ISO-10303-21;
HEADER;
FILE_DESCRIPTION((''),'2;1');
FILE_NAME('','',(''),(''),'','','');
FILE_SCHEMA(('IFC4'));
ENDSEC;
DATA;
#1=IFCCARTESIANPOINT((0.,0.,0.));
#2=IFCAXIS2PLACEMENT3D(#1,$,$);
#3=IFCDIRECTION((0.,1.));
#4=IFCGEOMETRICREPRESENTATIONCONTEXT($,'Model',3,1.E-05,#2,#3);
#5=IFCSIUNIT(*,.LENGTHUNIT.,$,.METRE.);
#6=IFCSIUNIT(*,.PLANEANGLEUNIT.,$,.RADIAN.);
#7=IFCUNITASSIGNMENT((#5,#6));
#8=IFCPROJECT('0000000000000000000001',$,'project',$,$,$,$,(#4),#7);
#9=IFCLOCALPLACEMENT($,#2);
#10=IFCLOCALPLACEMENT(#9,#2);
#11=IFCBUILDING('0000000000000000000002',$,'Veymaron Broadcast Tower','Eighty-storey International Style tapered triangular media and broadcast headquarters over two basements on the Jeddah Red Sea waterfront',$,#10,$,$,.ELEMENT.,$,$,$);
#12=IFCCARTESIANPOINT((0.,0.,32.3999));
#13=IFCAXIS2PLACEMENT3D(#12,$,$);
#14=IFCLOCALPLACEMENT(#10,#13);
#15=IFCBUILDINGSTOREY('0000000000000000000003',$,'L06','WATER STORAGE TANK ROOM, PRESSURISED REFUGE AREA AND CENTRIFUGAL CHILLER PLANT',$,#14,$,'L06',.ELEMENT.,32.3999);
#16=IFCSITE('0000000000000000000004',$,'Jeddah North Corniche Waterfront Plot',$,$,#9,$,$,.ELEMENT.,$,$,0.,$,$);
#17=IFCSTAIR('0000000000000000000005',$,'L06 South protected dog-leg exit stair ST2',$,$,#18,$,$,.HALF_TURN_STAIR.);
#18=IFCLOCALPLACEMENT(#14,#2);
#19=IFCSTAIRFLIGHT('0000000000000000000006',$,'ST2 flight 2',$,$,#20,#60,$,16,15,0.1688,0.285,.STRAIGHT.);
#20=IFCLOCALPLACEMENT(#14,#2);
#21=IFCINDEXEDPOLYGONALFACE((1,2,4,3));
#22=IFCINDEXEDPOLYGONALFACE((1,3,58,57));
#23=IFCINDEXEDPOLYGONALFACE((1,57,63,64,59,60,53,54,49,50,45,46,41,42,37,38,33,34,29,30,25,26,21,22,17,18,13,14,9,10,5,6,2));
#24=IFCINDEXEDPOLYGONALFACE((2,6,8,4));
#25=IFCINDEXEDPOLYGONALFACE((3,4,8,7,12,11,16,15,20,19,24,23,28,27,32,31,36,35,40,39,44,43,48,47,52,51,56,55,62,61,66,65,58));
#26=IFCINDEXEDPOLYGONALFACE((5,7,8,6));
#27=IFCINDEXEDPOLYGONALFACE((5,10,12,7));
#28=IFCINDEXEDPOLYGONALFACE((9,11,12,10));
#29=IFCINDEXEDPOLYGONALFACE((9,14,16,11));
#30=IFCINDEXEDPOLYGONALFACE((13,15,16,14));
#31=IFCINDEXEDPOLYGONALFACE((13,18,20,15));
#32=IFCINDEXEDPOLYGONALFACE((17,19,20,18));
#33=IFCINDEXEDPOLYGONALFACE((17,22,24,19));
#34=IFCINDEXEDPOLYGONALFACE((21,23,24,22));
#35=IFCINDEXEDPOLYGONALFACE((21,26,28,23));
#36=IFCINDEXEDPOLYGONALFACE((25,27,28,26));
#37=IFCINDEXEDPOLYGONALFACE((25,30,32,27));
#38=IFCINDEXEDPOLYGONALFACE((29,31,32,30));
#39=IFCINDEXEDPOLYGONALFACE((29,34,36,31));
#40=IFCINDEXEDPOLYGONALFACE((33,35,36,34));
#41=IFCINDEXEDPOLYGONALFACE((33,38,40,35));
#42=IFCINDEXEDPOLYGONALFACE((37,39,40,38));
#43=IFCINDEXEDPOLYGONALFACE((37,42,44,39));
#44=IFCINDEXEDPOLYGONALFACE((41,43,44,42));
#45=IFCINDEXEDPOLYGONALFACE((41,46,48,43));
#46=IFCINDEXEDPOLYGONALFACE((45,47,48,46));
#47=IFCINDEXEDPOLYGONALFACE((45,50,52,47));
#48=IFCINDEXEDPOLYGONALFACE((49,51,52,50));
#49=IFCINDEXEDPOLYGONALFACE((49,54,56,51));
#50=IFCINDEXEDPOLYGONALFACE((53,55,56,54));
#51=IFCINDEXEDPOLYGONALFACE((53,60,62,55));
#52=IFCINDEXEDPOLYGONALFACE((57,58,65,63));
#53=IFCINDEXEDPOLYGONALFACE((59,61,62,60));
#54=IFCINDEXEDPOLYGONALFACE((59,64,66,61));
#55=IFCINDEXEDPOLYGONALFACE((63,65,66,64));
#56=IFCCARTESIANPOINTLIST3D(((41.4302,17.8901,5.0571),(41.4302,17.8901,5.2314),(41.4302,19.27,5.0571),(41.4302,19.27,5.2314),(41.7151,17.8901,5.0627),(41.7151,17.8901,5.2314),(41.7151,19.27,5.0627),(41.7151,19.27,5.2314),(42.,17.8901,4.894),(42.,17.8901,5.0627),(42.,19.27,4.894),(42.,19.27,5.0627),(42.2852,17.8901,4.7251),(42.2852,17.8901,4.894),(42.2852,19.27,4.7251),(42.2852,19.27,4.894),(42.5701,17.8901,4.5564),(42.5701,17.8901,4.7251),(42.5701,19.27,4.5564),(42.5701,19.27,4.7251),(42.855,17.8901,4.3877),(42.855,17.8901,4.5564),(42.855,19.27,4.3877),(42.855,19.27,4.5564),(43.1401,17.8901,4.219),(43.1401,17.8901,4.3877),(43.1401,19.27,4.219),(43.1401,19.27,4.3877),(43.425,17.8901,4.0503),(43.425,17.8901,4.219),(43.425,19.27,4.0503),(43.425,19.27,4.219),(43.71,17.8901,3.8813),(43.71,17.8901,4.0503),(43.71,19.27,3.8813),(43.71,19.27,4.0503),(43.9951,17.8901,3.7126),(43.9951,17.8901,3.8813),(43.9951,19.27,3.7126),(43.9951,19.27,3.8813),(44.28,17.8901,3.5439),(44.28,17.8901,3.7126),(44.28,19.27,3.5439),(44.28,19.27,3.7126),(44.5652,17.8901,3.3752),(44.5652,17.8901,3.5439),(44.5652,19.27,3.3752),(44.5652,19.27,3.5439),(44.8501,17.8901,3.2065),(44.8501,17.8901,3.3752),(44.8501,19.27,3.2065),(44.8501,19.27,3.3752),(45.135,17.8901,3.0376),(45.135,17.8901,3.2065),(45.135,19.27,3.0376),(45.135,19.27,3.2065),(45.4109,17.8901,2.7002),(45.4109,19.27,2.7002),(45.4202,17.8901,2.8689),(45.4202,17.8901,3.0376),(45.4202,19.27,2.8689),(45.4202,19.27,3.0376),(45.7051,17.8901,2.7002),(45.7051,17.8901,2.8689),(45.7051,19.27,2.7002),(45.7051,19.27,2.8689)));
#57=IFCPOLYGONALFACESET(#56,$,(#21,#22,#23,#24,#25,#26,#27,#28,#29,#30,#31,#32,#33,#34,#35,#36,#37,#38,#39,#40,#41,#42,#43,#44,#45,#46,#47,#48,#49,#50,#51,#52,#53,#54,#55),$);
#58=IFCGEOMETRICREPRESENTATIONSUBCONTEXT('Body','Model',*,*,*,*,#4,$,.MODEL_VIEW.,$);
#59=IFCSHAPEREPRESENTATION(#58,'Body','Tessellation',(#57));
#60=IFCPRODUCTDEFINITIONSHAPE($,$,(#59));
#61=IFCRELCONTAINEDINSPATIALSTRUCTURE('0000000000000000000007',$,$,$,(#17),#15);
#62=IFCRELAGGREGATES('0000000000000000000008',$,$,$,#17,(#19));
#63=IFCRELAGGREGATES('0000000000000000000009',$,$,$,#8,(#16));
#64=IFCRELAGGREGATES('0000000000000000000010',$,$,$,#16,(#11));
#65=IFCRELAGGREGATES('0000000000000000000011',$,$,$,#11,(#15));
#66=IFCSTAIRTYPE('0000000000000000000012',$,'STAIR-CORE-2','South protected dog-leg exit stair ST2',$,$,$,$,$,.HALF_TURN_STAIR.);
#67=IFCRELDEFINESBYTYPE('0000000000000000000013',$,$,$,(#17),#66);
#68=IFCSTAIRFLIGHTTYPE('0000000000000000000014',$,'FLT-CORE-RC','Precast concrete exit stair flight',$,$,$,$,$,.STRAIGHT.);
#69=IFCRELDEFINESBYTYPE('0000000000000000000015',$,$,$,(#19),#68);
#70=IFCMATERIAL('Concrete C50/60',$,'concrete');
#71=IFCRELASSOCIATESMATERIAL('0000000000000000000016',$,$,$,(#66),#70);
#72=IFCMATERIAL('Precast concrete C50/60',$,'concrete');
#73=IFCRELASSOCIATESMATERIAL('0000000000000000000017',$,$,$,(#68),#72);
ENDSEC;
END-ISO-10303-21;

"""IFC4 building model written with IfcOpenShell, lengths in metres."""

from ifc_helpers import new_model, si_unit, direction, frame, origin, place, context, subcontext, project, spatial, polyline, outline, extrude, material, type_object, element, aggregate, save


model = new_model("IFC4")

# Units and contexts
model_context = context("Model", 3, precision=1e-05, world=origin(), true_north=direction((0.0, 1.0)))
body_context = subcontext(model_context, "Body", "Model", "MODEL_VIEW")
ifc_project = project(units=[si_unit("LENGTHUNIT", "METRE"), si_unit("PLANEANGLEUNIT", "RADIAN")], contexts=[model_context])

# Site, building, storey
site_placement = place(None, origin())
site = spatial("IfcSite", under=ifc_project, at=site_placement, Name="Jeddah North Corniche Waterfront Plot", CompositionType="ELEMENT", RefElevation=0.0)
building_placement = place(site_placement, origin())
building = spatial("IfcBuilding", under=site, at=building_placement, Name="Veymaron Broadcast Tower", Description="Eighty-storey International Style tapered triangular media and broadcast headquarters over two basements on the Jeddah Red Sea waterfront", CompositionType="ELEMENT")
storey_placement = place(building_placement, frame((0.0, 0.0, 32.3999)))
storey = spatial("IfcBuildingStorey", under=building, at=storey_placement, Name="L06", Description="WATER STORAGE TANK ROOM, PRESSURISED REFUGE AREA AND CENTRIFUGAL CHILLER PLANT", LongName="L06", CompositionType="ELEMENT", Elevation=32.3999)

# Shared definitions
ifc_material_1 = material(Name="Concrete C50/60", Category="concrete")

# Stair, stair flight
stair_type = type_object("IfcStairType", Name="STAIR-CORE-2", Description="South protected dog-leg exit stair ST2", PredefinedType="HALF_TURN_STAIR", material=ifc_material_1)
stair_placement = place(storey_placement, origin())
stair = element("IfcStair", 1, at=stair_placement, inside=storey, type_object=stair_type, Name="L06 South protected dog-leg exit stair ST2", PredefinedType="HALF_TURN_STAIR")
ifc_material_2 = material(Name="Precast concrete C50/60", Category="concrete")
stair_flight_type = type_object("IfcStairFlightType", Name="FLT-CORE-RC", Description="Precast concrete exit stair flight", PredefinedType="STRAIGHT", material=ifc_material_2)
stair_flight_1_placement = place(storey_placement, frame((45.7051, 18.5801, 2.7002), z_axis=(0.0, 0.0, 1.0), x_axis=(-1.0, 0.0, 0.0)))
stair_flight_1 = element("IfcStairFlight", 2, at=stair_flight_1_placement, type_object=stair_flight_type, Name="ST2 flight 2", NumberOfRisers=16, NumberOfTreads=15, PredefinedType="STRAIGHT", RiserHeight=0.1688, TreadLength=0.285, context=body_context, shape_type="SweptSolid", body=[
    extrude(outline(polyline([(0.0, 0.0), (0.0, 0.1687), (0.2849, 0.1687), (0.2849, 0.3374), (0.5701, 0.3374), (0.5701, 0.5063), (0.855, 0.5063), (0.855, 0.675), (1.1399, 0.675), (1.1399, 0.8438), (1.425, 0.8438), (1.425, 1.0125), (1.71, 1.0125), (1.71, 1.1812), (1.9951, 1.1812), (1.9951, 1.3501), (2.28, 1.3501), (2.28, 1.5188), (2.5649, 1.5188), (2.5649, 1.6875), (2.8501, 1.6875), (2.8501, 1.8562), (3.135, 1.8562), (3.135, 2.0249), (3.4199, 2.0249), (3.4199, 2.1938), (3.7051, 2.1938), (3.7051, 2.3625), (3.99, 2.3625), (3.99, 2.5312), (4.2749, 2.5312), (4.2749, 2.7), (4.2749, 2.3569), (0.2942, 0.0), (0.0, 0.0)])), frame((0.0, 0.6899, 0.0), z_axis=(0.0, -1.0, 0.0), x_axis=(1.0, 0.0, 0.0)), (0.0, 0.0, 1.0), 1.3799),
])
aggregate(stair, [stair_flight_1])

save(model, "model.ifc")
